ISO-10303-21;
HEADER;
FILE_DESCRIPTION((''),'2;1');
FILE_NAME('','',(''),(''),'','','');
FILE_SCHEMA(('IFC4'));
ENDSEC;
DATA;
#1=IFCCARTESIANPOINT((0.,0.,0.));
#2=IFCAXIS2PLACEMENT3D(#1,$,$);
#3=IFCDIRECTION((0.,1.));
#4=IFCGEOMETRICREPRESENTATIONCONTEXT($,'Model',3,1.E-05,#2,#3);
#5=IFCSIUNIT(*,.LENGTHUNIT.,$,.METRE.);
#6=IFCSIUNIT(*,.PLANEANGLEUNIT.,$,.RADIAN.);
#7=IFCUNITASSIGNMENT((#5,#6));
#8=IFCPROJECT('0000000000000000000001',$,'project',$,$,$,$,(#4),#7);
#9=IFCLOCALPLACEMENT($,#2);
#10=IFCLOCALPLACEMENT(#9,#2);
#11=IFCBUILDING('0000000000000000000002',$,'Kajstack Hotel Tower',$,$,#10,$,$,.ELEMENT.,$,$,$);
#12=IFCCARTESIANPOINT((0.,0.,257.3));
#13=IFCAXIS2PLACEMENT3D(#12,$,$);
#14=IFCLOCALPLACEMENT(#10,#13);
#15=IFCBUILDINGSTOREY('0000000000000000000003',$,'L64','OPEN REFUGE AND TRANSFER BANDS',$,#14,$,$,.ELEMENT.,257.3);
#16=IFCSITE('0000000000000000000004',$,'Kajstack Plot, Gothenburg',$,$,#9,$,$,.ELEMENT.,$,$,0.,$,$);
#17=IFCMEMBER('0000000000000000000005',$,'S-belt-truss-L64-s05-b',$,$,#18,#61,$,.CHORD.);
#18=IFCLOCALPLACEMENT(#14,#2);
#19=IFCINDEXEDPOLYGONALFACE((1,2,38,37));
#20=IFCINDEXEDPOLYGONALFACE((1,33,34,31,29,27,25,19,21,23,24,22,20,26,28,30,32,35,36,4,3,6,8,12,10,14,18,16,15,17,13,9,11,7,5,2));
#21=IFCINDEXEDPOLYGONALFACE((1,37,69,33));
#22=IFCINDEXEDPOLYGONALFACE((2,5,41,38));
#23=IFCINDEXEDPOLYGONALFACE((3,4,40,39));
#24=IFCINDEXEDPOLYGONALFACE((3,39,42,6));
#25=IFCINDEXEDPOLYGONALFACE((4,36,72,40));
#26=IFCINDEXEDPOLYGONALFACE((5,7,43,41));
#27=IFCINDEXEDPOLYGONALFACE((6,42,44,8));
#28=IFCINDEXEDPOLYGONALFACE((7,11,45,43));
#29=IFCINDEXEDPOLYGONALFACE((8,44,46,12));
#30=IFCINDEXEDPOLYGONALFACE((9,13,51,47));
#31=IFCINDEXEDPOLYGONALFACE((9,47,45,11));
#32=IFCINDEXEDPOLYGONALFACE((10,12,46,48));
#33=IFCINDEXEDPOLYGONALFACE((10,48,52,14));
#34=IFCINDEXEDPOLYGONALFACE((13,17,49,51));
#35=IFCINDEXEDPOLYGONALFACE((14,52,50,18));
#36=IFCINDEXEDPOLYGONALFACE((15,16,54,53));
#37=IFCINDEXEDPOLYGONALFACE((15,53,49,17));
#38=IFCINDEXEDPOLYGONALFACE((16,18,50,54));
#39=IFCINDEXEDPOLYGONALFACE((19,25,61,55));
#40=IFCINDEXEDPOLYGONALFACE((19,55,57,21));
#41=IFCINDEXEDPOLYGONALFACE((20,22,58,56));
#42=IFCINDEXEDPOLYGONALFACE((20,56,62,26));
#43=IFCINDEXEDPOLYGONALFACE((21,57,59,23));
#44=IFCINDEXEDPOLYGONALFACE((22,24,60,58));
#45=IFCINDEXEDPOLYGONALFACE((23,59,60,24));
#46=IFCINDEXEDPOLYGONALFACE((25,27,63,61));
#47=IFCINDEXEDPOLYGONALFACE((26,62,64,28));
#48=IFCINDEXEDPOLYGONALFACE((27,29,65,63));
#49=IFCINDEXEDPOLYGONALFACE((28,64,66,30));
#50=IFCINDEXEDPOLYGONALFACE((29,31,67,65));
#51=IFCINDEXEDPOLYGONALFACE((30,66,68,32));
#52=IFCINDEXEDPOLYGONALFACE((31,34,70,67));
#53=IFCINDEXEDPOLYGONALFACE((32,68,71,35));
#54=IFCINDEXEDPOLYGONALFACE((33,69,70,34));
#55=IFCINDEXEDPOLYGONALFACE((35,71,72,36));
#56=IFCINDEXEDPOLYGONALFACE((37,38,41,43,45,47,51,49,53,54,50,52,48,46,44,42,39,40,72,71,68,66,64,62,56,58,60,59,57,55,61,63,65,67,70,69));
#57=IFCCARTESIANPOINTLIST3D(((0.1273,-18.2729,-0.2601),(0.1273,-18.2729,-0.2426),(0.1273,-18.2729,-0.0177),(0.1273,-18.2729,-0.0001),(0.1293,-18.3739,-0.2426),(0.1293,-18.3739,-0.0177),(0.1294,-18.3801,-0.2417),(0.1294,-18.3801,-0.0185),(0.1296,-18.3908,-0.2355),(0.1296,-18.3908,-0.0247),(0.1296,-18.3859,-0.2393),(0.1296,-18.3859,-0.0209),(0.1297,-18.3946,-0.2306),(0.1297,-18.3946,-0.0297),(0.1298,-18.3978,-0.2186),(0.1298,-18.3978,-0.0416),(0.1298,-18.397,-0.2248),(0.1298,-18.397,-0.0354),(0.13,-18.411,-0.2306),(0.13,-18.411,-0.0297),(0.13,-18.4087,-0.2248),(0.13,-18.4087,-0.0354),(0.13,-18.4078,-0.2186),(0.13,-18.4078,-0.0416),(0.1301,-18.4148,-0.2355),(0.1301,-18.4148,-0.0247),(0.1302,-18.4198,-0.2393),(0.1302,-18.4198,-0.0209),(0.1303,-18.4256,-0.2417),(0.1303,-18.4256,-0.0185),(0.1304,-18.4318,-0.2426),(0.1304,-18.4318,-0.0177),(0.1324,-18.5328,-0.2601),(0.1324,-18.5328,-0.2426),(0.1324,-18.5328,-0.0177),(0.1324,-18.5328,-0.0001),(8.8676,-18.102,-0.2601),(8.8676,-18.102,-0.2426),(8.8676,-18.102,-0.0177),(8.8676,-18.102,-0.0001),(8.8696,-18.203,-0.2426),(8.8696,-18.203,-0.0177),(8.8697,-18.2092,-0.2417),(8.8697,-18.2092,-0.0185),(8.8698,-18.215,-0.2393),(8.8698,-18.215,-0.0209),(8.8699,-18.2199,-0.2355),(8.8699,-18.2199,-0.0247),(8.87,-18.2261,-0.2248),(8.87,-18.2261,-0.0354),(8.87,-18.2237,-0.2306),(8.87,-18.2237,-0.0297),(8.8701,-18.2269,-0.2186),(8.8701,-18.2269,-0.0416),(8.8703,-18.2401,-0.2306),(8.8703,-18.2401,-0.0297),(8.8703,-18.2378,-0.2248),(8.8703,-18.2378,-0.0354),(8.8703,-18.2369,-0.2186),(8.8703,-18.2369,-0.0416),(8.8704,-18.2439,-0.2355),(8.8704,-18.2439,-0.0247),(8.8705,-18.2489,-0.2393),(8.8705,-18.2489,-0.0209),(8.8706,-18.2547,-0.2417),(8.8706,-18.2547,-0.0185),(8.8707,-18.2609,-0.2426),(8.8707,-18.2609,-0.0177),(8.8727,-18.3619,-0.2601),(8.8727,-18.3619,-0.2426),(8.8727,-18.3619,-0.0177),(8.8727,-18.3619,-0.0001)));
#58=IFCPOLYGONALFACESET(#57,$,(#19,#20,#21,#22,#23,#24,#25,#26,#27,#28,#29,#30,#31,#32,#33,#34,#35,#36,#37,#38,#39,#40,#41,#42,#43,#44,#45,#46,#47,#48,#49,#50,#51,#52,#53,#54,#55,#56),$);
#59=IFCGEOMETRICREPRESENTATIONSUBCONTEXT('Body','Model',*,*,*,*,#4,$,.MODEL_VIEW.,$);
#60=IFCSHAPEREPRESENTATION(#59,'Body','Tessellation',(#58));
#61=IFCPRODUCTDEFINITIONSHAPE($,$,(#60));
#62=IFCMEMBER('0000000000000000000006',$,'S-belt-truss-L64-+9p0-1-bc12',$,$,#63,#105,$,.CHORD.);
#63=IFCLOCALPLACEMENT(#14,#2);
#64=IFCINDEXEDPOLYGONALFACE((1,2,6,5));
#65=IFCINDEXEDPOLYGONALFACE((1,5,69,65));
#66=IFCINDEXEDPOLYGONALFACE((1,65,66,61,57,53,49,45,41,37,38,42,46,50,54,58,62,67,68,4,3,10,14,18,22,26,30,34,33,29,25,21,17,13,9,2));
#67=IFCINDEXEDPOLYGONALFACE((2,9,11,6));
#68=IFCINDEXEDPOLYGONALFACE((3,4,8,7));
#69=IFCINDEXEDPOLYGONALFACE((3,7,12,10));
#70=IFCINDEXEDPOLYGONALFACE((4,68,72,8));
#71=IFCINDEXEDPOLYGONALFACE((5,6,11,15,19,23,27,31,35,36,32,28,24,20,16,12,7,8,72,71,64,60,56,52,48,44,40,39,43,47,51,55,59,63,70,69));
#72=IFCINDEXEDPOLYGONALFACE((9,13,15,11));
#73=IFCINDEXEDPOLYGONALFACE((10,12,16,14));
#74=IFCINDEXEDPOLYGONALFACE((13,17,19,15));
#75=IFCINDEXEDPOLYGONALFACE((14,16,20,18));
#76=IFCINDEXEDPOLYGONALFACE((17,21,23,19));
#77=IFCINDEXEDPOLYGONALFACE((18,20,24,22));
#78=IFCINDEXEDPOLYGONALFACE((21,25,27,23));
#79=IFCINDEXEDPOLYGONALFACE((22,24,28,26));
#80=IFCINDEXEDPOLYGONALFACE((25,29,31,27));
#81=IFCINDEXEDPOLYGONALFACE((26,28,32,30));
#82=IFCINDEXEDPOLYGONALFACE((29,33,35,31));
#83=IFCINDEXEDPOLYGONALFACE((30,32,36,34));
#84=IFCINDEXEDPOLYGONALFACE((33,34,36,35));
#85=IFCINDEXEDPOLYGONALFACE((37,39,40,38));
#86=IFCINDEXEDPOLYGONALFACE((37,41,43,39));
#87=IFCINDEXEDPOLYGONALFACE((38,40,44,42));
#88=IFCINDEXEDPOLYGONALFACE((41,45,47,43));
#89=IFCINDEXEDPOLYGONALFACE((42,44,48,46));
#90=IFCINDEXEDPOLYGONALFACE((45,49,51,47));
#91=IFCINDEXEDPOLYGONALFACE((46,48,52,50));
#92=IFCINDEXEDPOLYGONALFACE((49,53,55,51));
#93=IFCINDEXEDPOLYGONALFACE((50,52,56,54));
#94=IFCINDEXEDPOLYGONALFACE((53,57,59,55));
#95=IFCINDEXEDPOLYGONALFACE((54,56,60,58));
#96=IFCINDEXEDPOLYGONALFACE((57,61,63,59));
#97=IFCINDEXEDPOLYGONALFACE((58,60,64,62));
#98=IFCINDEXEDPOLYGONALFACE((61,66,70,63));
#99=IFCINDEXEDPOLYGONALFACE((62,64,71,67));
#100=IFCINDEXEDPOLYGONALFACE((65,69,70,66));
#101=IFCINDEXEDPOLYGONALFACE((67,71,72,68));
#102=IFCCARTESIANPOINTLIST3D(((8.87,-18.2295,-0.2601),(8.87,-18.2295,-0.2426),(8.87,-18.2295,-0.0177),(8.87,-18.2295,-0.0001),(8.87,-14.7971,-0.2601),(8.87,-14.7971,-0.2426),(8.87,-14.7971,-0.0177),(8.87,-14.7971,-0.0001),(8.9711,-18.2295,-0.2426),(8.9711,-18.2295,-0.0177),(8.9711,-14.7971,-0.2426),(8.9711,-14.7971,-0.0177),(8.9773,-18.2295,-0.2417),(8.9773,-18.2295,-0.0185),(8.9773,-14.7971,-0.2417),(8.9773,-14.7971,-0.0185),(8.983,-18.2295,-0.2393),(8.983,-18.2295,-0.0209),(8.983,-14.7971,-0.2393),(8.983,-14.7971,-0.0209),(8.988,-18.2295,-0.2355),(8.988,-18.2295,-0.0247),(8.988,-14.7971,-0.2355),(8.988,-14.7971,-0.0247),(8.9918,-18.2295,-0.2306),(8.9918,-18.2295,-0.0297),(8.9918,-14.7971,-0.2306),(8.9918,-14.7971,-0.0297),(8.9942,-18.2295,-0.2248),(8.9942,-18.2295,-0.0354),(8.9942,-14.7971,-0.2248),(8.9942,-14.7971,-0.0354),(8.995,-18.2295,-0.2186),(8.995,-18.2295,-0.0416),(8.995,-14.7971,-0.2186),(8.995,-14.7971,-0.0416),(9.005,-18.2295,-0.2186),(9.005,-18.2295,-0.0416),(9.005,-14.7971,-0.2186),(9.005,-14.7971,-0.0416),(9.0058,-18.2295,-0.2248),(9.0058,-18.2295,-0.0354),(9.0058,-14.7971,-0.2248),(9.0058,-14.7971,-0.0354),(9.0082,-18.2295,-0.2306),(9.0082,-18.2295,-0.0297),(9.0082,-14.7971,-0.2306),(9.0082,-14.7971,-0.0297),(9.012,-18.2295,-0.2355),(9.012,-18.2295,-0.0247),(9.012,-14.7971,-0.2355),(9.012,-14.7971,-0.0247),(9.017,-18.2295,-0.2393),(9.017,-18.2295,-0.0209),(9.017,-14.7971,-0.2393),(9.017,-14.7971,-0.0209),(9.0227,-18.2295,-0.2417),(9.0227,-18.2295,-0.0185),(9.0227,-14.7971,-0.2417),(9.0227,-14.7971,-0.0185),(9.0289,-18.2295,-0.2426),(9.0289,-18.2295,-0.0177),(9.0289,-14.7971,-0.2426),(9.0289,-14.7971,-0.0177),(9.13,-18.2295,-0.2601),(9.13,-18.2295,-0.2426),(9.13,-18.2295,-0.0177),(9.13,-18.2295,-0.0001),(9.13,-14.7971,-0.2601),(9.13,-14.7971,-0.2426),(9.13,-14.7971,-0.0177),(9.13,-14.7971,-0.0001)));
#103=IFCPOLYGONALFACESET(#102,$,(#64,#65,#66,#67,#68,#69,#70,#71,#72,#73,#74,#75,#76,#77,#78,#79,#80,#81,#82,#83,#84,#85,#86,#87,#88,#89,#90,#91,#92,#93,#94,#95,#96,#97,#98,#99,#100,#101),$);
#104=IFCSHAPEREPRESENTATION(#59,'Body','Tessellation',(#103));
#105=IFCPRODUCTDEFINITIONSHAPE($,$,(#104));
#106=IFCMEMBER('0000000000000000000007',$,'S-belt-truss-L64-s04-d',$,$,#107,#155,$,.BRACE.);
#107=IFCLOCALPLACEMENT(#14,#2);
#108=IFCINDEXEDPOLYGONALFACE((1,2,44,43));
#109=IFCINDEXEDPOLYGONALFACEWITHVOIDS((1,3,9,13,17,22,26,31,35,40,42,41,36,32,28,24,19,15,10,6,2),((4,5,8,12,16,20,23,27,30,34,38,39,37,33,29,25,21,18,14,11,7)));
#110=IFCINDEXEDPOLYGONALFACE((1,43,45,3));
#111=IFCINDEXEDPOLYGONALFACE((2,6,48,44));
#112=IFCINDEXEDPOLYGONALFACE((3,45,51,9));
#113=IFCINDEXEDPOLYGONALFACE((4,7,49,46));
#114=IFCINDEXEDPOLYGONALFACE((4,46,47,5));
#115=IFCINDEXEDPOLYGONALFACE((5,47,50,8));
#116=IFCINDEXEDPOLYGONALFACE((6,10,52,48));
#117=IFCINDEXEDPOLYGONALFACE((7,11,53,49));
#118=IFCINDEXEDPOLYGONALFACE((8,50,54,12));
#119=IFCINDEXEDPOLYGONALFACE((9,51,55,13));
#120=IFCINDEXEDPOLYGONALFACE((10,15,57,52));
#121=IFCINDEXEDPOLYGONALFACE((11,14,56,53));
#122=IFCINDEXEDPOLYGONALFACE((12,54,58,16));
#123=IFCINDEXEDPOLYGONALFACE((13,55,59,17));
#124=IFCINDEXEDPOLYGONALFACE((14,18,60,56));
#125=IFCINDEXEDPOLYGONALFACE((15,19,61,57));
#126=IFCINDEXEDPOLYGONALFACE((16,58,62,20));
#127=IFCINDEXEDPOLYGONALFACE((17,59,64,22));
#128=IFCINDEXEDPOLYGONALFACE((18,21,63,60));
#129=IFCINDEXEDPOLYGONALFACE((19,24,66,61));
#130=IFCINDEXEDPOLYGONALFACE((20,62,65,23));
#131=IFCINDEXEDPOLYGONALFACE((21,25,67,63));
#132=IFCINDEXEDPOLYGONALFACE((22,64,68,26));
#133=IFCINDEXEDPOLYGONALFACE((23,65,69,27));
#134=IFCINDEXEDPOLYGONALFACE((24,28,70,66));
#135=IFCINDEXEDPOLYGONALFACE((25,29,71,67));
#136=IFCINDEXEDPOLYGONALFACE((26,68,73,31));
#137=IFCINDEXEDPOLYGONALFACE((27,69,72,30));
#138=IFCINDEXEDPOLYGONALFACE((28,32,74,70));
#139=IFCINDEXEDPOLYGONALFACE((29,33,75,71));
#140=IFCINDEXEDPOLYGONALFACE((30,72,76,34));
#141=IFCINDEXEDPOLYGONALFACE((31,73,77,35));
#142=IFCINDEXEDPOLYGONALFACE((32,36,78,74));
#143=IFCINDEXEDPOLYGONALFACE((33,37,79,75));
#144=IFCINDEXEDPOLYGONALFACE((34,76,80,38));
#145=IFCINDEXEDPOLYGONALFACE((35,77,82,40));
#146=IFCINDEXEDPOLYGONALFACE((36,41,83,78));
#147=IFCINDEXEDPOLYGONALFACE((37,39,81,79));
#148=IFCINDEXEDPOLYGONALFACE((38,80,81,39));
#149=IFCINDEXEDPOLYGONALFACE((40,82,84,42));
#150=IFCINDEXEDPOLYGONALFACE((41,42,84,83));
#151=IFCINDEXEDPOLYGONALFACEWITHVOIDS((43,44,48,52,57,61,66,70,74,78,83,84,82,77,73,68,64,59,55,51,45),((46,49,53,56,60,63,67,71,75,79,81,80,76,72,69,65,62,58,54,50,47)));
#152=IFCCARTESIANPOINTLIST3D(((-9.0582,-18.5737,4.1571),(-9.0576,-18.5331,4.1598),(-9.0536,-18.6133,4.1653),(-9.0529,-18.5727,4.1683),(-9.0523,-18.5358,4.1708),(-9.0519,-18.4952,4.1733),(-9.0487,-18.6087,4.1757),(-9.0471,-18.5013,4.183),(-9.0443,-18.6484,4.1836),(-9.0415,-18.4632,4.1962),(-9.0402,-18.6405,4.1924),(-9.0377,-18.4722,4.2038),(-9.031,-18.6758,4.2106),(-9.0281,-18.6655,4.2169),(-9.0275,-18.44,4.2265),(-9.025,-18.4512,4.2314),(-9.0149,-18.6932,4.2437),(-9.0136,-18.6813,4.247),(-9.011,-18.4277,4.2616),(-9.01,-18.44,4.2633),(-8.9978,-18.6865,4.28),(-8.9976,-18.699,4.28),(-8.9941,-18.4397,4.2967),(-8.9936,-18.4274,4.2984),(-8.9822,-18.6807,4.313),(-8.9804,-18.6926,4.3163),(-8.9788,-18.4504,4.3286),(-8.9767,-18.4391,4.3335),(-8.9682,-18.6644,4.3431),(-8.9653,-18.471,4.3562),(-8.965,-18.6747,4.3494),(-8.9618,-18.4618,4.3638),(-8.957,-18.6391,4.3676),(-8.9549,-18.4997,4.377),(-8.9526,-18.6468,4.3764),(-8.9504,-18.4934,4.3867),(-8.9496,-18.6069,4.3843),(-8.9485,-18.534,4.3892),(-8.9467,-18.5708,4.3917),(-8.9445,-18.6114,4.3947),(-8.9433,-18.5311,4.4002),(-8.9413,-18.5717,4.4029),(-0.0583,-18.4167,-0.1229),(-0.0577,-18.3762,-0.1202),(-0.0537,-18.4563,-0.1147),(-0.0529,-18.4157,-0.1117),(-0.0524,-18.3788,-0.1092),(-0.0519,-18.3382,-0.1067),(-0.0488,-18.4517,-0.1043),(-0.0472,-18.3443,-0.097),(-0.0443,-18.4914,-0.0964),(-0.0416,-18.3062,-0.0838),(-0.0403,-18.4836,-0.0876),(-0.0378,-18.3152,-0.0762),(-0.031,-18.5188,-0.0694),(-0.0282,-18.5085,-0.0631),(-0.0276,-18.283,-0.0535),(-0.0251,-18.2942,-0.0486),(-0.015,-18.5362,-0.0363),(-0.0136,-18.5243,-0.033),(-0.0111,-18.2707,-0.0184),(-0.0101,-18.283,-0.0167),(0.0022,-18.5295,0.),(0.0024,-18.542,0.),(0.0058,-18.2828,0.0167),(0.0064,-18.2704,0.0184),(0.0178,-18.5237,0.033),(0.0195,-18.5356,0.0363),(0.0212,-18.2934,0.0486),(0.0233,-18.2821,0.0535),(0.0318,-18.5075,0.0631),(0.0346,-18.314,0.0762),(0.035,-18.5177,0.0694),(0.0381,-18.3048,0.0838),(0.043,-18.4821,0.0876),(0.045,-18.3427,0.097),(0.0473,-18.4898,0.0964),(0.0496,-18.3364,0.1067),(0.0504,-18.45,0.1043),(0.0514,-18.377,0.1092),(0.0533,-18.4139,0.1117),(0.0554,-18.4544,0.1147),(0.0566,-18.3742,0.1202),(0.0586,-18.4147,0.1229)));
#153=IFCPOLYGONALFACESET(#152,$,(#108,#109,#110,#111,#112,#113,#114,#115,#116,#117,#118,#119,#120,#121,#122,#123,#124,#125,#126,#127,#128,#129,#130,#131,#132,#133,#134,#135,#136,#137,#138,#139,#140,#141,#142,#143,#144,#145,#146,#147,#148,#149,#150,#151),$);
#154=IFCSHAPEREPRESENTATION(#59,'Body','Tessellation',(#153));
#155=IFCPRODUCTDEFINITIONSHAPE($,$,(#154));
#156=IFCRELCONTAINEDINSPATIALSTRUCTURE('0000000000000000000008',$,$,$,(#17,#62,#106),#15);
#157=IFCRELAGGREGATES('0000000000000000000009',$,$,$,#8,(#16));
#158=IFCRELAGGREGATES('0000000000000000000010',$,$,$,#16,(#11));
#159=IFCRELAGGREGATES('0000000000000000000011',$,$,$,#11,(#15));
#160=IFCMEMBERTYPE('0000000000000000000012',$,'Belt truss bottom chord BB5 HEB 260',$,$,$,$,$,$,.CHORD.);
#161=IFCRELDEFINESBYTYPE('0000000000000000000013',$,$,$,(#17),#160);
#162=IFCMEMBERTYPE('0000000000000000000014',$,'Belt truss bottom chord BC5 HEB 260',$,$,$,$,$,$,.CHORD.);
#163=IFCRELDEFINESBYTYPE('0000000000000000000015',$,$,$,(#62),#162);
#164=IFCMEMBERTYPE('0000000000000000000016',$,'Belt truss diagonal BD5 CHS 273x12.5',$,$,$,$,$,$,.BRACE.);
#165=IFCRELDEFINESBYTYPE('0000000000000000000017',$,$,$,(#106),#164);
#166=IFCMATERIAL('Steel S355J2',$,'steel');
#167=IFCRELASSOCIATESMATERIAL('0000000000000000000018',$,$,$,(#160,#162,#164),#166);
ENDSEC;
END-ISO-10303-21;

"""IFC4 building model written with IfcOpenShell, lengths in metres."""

from ifc_helpers import new_model, si_unit, direction, frame, origin, origin_2d, place, context, subcontext, project, spatial, hollow_circle, i_section, extrude, material, material_profile, profile_set, type_object, element, save


model = new_model("IFC4")

# Units and contexts
model_context = context("Model", 3, precision=1e-05, world=origin(), true_north=direction((0.0, 1.0)))
body_context = subcontext(model_context, "Body", "Model", "MODEL_VIEW")
ifc_project = project(units=[si_unit("LENGTHUNIT", "METRE"), si_unit("PLANEANGLEUNIT", "RADIAN")], contexts=[model_context])

# Site, building, storey
site_placement = place(None, origin())
site = spatial("IfcSite", under=ifc_project, at=site_placement, Name="Kajstack Plot, Gothenburg", CompositionType="ELEMENT", RefElevation=0.0)
building_placement = place(site_placement, origin())
building = spatial("IfcBuilding", under=site, at=building_placement, Name="Kajstack Hotel Tower", CompositionType="ELEMENT")
storey_placement = place(building_placement, frame((0.0, 0.0, 257.3)))
storey = spatial("IfcBuildingStorey", under=building, at=storey_placement, Name="L64", Description="OPEN REFUGE AND TRANSFER BANDS", CompositionType="ELEMENT", Elevation=257.3)

# Members
ifc_material_1 = material(Name="Steel S355J2", Category="steel")
ifc_material_profile_1 = material_profile(ifc_material_1, i_section(OverallWidth=0.26, OverallDepth=0.26, WebThickness=0.01, FlangeThickness=0.0176, FilletRadius=0.0239, at=origin_2d()), Name="HEB 260")
ifc_profile_set_1 = profile_set([ifc_material_profile_1], Name="Steel S355J2")
member_type_1 = type_object("IfcMemberType", Name="Belt truss bottom chord BB5 HEB 260", PredefinedType="CHORD", material=ifc_profile_set_1)
member_1_placement = place(storey_placement, frame((0.1299, -18.4028, -0.1301), z_axis=(0.999809, 0.019549, 0.0), x_axis=(-0.019549, 0.999809, 0.0)))
element("IfcMember", 1, at=member_1_placement, inside=storey, type_object=member_type_1, Name="S-belt-truss-L64-s05-b", PredefinedType="CHORD", context=body_context, shape_type="SweptSolid", body=[
    extrude(i_section(OverallWidth=0.26, OverallDepth=0.26, WebThickness=0.01, FlangeThickness=0.0176, FilletRadius=0.0239, at=origin_2d()), origin(), (0.0, 0.0, 1.0), 8.7419),
])
ifc_material_profile_2 = material_profile(ifc_material_1, i_section(OverallWidth=0.26, OverallDepth=0.26, WebThickness=0.01, FlangeThickness=0.0176, FilletRadius=0.0239, at=origin_2d()), Name="HEB 260")
ifc_profile_set_2 = profile_set([ifc_material_profile_2], Name="Steel S355J2")
member_type_2 = type_object("IfcMemberType", Name="Belt truss bottom chord BC5 HEB 260", PredefinedType="CHORD", material=ifc_profile_set_2)
member_2_placement = place(storey_placement, frame((9.0, -18.2295, -0.1301), z_axis=(0.0, 1.0, 0.0), x_axis=(-1.0, 0.0, 0.0)))
element("IfcMember", 2, at=member_2_placement, inside=storey, type_object=member_type_2, Name="S-belt-truss-L64-+9p0-1-bc12", PredefinedType="CHORD", context=body_context, shape_type="SweptSolid", body=[
    extrude(i_section(OverallWidth=0.26, OverallDepth=0.26, WebThickness=0.01, FlangeThickness=0.0176, FilletRadius=0.0239, at=origin_2d()), origin(), (0.0, 0.0, 1.0), 3.4324),
])
ifc_material_profile_3 = material_profile(ifc_material_1, hollow_circle(Radius=0.1365, WallThickness=0.0125, at=origin_2d()), Name="CHS 273x12.5")
ifc_profile_set_3 = profile_set([ifc_material_profile_3], Name="Steel S355J2")
member_type_3 = type_object("IfcMemberType", Name="Belt truss diagonal BD5 CHS 273x12.5", PredefinedType="BRACE", material=ifc_profile_set_3)
member_3_placement = place(storey_placement, frame((0.0, -18.4055, 0.0), z_axis=(-0.90297, -0.01575, 0.429415), x_axis=(0.01744, -0.999848, 0.0)))
element("IfcMember", 3, at=member_3_placement, inside=storey, type_object=member_type_3, Name="S-belt-truss-L64-s04-d", PredefinedType="BRACE", context=body_context, shape_type="SweptSolid", body=[
    extrude(hollow_circle(Radius=0.1365, WallThickness=0.0125, at=origin_2d()), origin(), (0.0, 0.0, 1.0), 9.967),
])

save(model, "model.ifc")
